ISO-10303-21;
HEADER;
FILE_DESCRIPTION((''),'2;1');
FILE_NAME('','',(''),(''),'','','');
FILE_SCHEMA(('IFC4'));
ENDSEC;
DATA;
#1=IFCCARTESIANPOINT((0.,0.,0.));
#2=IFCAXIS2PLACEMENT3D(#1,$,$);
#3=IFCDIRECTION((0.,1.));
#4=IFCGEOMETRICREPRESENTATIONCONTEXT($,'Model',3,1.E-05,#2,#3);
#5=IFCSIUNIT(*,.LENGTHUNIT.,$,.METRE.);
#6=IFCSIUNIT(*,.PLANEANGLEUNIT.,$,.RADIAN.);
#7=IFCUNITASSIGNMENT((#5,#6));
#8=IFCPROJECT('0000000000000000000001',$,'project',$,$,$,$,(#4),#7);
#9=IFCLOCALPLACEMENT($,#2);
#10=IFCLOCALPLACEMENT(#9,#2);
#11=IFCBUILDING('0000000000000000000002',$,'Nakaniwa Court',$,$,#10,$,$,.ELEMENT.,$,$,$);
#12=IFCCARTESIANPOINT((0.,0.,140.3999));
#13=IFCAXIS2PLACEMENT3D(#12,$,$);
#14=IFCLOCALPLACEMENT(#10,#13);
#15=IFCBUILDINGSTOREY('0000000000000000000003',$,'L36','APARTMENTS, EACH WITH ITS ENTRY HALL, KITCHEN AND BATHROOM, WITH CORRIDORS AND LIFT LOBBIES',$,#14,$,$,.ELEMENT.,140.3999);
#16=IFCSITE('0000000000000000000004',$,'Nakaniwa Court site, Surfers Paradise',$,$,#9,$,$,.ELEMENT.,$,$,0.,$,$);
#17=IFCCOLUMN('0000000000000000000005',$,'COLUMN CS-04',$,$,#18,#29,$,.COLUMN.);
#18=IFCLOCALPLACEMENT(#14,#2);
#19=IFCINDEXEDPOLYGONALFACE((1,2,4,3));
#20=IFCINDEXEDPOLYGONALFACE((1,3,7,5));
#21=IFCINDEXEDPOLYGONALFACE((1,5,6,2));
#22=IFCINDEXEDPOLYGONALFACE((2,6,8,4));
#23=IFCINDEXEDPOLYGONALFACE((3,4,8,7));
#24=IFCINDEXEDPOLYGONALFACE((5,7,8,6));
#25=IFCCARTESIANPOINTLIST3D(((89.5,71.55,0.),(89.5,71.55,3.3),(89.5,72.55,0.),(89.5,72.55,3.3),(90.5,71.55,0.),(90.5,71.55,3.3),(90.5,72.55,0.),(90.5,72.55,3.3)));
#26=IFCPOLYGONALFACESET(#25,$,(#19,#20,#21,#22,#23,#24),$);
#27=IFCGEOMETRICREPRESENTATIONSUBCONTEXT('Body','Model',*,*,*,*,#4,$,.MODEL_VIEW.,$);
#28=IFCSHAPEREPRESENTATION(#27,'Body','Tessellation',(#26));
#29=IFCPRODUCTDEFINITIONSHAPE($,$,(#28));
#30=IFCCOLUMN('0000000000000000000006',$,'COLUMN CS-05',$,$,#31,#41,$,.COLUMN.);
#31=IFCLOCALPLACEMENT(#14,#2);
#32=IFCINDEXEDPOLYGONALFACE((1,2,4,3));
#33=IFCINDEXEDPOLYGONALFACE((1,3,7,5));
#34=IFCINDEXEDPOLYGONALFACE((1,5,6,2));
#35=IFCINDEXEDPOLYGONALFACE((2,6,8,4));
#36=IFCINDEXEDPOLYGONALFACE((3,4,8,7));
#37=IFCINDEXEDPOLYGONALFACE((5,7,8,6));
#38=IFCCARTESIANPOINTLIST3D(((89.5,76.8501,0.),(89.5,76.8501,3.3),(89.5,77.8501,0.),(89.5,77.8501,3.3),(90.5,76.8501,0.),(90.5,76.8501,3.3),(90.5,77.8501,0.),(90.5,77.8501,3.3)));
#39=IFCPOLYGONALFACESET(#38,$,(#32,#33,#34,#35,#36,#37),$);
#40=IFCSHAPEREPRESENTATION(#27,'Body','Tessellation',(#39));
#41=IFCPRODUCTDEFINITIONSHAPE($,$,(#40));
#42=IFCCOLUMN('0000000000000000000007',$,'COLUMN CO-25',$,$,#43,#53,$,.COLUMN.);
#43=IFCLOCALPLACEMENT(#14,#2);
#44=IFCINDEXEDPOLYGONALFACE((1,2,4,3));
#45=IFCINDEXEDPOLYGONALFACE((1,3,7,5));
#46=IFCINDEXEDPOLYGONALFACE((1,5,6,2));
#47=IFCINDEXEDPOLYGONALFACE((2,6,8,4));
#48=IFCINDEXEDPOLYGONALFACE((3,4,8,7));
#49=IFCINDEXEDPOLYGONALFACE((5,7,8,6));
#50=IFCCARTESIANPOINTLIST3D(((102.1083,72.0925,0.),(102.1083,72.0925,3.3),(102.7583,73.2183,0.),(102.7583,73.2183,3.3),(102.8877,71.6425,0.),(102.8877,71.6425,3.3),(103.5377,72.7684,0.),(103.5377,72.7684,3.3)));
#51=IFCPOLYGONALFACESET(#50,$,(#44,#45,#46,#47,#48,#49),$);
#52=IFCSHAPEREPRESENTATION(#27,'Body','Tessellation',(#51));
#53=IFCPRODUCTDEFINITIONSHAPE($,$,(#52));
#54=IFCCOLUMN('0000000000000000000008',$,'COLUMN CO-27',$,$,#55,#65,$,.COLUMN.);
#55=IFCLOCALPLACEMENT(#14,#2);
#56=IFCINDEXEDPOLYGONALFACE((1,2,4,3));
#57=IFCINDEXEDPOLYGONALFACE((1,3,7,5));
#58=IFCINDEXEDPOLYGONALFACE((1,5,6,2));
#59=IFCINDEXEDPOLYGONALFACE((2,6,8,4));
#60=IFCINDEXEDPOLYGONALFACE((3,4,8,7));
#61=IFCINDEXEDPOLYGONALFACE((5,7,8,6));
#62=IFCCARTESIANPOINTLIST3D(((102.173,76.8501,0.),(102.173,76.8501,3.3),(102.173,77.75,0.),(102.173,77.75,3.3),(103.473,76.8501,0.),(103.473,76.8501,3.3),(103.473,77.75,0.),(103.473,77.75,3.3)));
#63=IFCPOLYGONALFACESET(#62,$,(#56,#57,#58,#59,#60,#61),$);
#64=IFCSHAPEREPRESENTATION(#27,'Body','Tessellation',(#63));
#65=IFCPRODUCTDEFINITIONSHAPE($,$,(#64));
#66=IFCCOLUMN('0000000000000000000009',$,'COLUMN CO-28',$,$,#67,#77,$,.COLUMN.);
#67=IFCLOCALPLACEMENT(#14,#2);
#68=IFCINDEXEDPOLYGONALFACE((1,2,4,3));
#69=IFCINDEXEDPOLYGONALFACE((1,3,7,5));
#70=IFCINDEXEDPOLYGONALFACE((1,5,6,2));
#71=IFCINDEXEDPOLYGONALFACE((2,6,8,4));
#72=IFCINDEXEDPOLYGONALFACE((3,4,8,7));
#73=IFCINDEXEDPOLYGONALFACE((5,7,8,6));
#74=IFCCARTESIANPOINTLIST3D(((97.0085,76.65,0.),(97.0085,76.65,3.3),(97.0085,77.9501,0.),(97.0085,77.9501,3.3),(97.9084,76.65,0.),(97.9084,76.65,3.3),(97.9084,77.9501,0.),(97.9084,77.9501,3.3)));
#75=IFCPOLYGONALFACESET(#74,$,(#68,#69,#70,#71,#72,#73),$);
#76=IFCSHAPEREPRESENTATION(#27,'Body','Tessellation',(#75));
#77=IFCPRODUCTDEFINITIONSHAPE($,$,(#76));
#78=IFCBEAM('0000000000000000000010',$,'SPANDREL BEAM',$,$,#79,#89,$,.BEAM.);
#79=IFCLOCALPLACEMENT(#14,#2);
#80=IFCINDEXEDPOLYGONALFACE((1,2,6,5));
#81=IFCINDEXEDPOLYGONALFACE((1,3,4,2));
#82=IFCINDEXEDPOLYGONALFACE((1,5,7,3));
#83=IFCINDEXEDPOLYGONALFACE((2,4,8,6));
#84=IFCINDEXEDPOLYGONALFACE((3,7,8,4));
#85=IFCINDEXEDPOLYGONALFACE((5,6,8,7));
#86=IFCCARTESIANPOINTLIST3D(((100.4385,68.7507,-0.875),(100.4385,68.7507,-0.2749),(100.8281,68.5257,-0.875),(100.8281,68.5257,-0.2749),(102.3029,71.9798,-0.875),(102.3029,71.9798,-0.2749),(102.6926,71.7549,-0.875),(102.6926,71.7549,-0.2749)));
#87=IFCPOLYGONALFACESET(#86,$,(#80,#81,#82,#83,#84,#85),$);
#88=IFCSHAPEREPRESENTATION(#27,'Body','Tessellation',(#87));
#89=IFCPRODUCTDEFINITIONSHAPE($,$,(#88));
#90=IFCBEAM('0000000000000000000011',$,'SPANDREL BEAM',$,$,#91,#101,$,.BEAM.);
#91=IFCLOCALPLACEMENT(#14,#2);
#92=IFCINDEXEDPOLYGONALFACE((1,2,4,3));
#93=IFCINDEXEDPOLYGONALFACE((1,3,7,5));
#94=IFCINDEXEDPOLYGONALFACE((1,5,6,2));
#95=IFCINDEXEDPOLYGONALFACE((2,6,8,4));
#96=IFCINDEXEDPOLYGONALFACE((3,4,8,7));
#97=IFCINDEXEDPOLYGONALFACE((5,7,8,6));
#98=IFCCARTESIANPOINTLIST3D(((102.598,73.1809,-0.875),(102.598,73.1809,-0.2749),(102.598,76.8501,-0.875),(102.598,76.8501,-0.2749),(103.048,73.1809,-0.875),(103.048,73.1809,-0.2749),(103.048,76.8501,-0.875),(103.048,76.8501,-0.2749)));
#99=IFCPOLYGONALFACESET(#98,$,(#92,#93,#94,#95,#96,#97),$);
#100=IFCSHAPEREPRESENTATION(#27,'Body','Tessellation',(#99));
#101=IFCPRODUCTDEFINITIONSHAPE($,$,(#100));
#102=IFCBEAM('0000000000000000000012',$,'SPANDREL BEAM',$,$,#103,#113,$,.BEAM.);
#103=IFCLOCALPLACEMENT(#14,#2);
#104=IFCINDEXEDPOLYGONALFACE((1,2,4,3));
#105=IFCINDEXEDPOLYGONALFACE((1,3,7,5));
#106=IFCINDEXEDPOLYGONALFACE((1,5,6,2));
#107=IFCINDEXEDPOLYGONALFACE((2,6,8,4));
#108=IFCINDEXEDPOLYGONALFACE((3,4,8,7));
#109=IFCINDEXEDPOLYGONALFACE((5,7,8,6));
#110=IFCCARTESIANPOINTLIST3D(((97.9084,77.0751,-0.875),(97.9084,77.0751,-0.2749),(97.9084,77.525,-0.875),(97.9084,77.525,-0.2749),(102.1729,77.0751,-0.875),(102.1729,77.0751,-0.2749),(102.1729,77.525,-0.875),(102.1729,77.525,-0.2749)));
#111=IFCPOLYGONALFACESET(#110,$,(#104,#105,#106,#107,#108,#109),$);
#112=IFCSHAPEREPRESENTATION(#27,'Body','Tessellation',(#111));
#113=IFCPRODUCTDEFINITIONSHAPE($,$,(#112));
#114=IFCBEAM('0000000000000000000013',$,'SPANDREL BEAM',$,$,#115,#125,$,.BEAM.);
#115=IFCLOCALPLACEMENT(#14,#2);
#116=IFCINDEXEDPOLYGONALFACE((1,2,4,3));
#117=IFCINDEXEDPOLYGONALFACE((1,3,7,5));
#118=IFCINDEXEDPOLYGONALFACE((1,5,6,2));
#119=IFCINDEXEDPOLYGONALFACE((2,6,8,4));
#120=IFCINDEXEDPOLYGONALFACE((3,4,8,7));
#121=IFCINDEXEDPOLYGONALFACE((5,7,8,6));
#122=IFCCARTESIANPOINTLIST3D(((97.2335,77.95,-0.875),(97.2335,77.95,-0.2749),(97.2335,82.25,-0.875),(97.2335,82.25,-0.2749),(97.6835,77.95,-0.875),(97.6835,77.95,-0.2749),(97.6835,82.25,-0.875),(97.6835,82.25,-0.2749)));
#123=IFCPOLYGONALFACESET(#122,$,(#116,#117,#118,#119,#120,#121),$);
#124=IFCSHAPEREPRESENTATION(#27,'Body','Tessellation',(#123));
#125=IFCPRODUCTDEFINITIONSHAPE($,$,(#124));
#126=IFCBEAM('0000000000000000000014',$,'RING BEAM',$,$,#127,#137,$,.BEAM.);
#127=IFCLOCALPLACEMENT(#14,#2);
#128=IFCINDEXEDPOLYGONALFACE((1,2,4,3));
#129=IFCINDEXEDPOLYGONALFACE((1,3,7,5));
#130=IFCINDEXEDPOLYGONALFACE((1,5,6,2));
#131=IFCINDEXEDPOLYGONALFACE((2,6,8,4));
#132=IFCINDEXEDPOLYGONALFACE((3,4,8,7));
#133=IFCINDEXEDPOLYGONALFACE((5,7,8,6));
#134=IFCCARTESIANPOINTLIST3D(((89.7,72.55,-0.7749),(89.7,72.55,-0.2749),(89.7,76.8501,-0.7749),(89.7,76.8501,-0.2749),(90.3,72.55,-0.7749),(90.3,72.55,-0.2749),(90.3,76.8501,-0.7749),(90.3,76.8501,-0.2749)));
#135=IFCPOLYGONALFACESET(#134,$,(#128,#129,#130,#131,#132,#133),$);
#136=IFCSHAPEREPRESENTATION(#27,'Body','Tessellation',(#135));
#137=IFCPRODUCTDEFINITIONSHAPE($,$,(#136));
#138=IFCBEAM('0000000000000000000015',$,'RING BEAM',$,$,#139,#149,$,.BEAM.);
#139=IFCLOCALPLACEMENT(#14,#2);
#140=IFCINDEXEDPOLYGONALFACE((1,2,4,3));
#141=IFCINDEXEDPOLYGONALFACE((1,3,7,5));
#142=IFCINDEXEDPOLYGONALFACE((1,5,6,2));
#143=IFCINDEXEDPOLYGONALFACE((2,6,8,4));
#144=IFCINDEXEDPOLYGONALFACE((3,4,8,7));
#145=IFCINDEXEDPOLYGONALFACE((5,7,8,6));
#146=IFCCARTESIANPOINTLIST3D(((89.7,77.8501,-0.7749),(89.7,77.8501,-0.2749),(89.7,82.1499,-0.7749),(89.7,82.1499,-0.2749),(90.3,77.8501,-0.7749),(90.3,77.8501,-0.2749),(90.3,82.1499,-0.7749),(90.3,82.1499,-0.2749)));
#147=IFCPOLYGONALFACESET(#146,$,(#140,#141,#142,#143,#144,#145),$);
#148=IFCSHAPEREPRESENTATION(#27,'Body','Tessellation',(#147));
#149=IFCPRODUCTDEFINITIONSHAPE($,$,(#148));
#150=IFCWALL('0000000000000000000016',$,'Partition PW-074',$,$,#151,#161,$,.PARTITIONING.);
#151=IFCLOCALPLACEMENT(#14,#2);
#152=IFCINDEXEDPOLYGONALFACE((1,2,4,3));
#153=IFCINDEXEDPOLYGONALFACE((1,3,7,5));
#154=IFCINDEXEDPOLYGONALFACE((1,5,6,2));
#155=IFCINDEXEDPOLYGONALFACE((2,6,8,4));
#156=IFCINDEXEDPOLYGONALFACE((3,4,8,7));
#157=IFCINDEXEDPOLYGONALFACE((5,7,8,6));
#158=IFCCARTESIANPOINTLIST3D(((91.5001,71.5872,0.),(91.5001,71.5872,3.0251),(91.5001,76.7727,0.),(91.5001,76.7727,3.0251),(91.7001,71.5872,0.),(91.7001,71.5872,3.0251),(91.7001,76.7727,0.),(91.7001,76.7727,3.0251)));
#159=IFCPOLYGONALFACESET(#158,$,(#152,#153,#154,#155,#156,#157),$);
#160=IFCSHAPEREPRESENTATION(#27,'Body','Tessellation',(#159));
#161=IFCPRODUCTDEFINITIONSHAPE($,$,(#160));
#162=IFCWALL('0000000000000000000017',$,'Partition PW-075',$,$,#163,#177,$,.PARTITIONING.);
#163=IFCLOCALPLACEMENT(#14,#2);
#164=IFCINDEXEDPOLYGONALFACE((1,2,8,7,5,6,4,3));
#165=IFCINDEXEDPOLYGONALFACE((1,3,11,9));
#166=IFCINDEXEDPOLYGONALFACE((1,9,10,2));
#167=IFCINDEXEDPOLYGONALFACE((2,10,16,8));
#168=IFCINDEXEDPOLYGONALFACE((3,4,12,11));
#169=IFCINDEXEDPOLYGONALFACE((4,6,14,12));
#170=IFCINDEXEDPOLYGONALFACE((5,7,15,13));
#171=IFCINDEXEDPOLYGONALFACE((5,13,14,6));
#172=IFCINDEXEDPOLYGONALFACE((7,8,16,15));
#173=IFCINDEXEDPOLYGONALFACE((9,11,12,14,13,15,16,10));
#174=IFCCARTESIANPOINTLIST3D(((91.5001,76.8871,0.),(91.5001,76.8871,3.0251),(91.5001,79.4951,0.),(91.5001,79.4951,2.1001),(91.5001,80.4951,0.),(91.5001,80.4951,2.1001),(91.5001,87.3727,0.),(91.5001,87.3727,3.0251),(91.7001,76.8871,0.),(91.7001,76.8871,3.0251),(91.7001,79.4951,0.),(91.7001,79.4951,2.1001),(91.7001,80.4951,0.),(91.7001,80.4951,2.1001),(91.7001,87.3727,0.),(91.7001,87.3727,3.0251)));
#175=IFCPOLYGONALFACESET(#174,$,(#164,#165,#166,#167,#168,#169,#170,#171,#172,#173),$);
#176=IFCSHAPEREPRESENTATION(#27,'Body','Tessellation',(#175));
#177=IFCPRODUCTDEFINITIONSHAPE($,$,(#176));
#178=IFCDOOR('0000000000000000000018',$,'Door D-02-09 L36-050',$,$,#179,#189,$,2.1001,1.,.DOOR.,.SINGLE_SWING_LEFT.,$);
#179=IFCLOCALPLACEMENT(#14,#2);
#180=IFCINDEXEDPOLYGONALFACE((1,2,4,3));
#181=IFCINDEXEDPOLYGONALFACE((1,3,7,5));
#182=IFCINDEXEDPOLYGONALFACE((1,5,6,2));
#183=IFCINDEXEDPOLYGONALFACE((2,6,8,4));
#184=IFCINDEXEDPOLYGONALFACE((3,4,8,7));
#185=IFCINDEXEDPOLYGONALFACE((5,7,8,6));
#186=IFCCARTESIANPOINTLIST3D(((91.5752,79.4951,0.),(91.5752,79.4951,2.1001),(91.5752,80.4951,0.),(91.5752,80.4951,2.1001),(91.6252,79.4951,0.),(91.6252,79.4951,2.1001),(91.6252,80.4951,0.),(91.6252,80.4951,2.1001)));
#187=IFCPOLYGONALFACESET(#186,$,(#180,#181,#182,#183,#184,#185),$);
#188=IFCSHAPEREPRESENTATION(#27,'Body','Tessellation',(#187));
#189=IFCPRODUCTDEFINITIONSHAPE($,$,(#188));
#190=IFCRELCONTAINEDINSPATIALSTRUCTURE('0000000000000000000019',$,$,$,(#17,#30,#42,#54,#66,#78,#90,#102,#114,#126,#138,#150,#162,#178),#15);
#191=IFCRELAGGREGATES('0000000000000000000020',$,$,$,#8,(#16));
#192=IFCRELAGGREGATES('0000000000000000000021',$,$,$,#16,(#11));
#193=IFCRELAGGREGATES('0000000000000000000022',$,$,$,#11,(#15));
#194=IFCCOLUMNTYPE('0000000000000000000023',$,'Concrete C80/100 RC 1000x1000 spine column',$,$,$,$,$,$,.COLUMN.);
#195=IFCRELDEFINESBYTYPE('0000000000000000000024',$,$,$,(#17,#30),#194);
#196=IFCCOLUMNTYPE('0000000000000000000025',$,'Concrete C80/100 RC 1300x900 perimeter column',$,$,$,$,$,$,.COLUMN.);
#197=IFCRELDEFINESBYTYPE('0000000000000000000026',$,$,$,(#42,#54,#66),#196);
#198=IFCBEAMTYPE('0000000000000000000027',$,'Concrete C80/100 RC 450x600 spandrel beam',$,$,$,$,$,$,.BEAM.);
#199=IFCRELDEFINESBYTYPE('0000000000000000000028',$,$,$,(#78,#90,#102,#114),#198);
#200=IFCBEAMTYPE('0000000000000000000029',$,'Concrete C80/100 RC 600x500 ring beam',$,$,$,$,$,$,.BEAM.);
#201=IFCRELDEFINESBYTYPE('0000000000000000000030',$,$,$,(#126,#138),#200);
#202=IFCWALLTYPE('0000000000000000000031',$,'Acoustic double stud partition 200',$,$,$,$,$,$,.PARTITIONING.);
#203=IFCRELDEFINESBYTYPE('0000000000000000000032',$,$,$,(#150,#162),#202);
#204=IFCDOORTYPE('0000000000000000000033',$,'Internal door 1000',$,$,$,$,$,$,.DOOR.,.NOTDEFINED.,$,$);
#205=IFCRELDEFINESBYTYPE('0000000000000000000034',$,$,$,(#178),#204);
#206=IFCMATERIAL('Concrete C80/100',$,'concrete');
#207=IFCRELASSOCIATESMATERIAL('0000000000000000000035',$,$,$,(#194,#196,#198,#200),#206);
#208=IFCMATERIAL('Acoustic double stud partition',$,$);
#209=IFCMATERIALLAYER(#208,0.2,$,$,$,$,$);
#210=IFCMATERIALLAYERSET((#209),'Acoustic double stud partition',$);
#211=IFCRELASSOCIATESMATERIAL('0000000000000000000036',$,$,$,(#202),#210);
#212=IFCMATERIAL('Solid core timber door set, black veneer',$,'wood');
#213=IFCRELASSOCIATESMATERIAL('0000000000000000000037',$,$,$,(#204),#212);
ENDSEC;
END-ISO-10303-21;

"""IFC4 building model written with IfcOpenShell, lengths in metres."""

from ifc_helpers import new_model, si_unit, direction, frame, frame_2d, origin, origin_2d, place, context, subcontext, project, spatial, rectangle, extrude, material, layer, layer_set, material_profile, profile_set, type_object, element, fill, save


model = new_model("IFC4")

# Units and contexts
model_context = context("Model", 3, precision=1e-05, world=origin(), true_north=direction((0.0, 1.0)))
body_context = subcontext(model_context, "Body", "Model", "MODEL_VIEW")
ifc_project = project(units=[si_unit("LENGTHUNIT", "METRE"), si_unit("PLANEANGLEUNIT", "RADIAN")], contexts=[model_context])

# Site, building, storey
site_placement = place(None, origin())
site = spatial("IfcSite", under=ifc_project, at=site_placement, Name="Nakaniwa Court site, Surfers Paradise", CompositionType="ELEMENT", RefElevation=0.0)
building_placement = place(site_placement, origin())
building = spatial("IfcBuilding", under=site, at=building_placement, Name="Nakaniwa Court", CompositionType="ELEMENT")
storey_placement = place(building_placement, frame((0.0, 0.0, 140.3999)))
storey = spatial("IfcBuildingStorey", under=building, at=storey_placement, Name="L36", Description="APARTMENTS, EACH WITH ITS ENTRY HALL, KITCHEN AND BATHROOM, WITH CORRIDORS AND LIFT LOBBIES", CompositionType="ELEMENT", Elevation=140.3999)

# Columns
ifc_material_1 = material(Name="Concrete C80/100", Category="concrete")
ifc_material_profile_1 = material_profile(ifc_material_1, rectangle(XDim=1.0, YDim=1.0, at=origin_2d()), Name="Concrete C80/100 RC 1000x1000 spine column")
ifc_profile_set_1 = profile_set([ifc_material_profile_1], Name="Concrete C80/100")
column_type_1 = type_object("IfcColumnType", Name="Concrete C80/100 RC 1000x1000 spine column", PredefinedType="COLUMN", material=ifc_profile_set_1)
for number, where, z_axis, x_axis, name in (
    (1, (90.0, 72.05, 0.0), (0.0, 0.0, 1.0), (0.0, 1.0, 0.0), "COLUMN CS-04"),
    (2, (90.0, 77.3501, 0.0), (0.0, 0.0, 1.0), (0.0, 1.0, 0.0), "COLUMN CS-05"),
):
    element("IfcColumn", number, at=place(storey_placement, frame(where, z_axis=z_axis, x_axis=x_axis)), inside=storey, type_object=column_type_1, Name=name, PredefinedType="COLUMN", context=body_context, shape_type="SweptSolid", body=[
        extrude(rectangle(XDim=1.0, YDim=1.0, at=origin_2d()), origin(), (0.0, 0.0, 1.0), 3.3),
    ])
ifc_material_profile_2 = material_profile(ifc_material_1, rectangle(XDim=1.3, YDim=0.8999, at=origin_2d()), Name="Concrete C80/100 RC 1300x900 perimeter column")
ifc_profile_set_2 = profile_set([ifc_material_profile_2], Name="Concrete C80/100")
column_type_2 = type_object("IfcColumnType", Name="Concrete C80/100 RC 1300x900 perimeter column", PredefinedType="COLUMN", material=ifc_profile_set_2)
for number, where, z_axis, x_axis, name in (
    (3, (102.823, 72.4304, 0.0), (0.0, 0.0, 1.0), (0.5, 0.866025, 0.0), "COLUMN CO-25"),
    (4, (102.823, 77.3, 0.0), (0.0, 0.0, 1.0), (-1.0, 0.0, 0.0), "COLUMN CO-27"),
    (5, (97.4585, 77.3, 0.0), (0.0, 0.0, 1.0), (0.0, 1.0, 0.0), "COLUMN CO-28"),
):
    element("IfcColumn", number, at=place(storey_placement, frame(where, z_axis=z_axis, x_axis=x_axis)), inside=storey, type_object=column_type_2, Name=name, PredefinedType="COLUMN", context=body_context, shape_type="SweptSolid", body=[
        extrude(rectangle(XDim=1.3, YDim=0.8999, at=origin_2d()), origin(), (0.0, 0.0, 1.0), 3.3),
    ])

# Beams
ifc_material_profile_3 = material_profile(ifc_material_1, rectangle(XDim=0.45, YDim=0.6001, at=origin_2d()), Name="Concrete C80/100 RC 450x600 spandrel beam")
ifc_profile_set_3 = profile_set([ifc_material_profile_3], Name="Concrete C80/100")
beam_type_1 = type_object("IfcBeamType", Name="Concrete C80/100 RC 450x600 spandrel beam", PredefinedType="BEAM", material=ifc_profile_set_3)
beam_1_placement = place(storey_placement, frame((100.6333, 68.6382, -0.575), z_axis=(0.500019, 0.866014, 0.0), x_axis=(-0.866014, 0.500019, 0.0)))
element("IfcBeam", 6, at=beam_1_placement, inside=storey, type_object=beam_type_1, Name="SPANDREL BEAM", PredefinedType="BEAM", context=body_context, shape_type="SweptSolid", body=[
    extrude(rectangle(XDim=0.45, YDim=0.6001, at=origin_2d()), origin(), (0.0, 0.0, 1.0), 3.7288),
])
beam_2_placement = place(storey_placement, frame((102.823, 73.1809, -0.575), z_axis=(0.0, 1.0, 0.0), x_axis=(-1.0, 0.0, 0.0)))
element("IfcBeam", 7, at=beam_2_placement, inside=storey, type_object=beam_type_1, Name="SPANDREL BEAM", PredefinedType="BEAM", context=body_context, shape_type="SweptSolid", body=[
    extrude(rectangle(XDim=0.45, YDim=0.6001, at=origin_2d()), origin(), (0.0, 0.0, 1.0), 3.6692),
])
beam_3_placement = place(storey_placement, frame((102.1729, 77.3, -0.575), z_axis=(-1.0, 0.0, 0.0), x_axis=(0.0, -1.0, 0.0)))
element("IfcBeam", 8, at=beam_3_placement, inside=storey, type_object=beam_type_1, Name="SPANDREL BEAM", PredefinedType="BEAM", context=body_context, shape_type="SweptSolid", body=[
    extrude(rectangle(XDim=0.45, YDim=0.6001, at=origin_2d()), origin(), (0.0, 0.0, 1.0), 4.2644),
])
beam_4_placement = place(storey_placement, frame((97.4585, 77.95, -0.575), z_axis=(0.0, 1.0, 0.0), x_axis=(-1.0, 0.0, 0.0)))
element("IfcBeam", 9, at=beam_4_placement, inside=storey, type_object=beam_type_1, Name="SPANDREL BEAM", PredefinedType="BEAM", context=body_context, shape_type="SweptSolid", body=[
    extrude(rectangle(XDim=0.45, YDim=0.6001, at=origin_2d()), origin(), (0.0, 0.0, 1.0), 4.3),
])
ifc_material_profile_4 = material_profile(ifc_material_1, rectangle(XDim=0.6001, YDim=0.5, at=origin_2d()), Name="Concrete C80/100 RC 600x500 ring beam")
ifc_profile_set_4 = profile_set([ifc_material_profile_4], Name="Concrete C80/100")
beam_type_2 = type_object("IfcBeamType", Name="Concrete C80/100 RC 600x500 ring beam", PredefinedType="BEAM", material=ifc_profile_set_4)
beam_5_placement = place(storey_placement, frame((90.0, 72.55, -0.5249), z_axis=(0.0, 1.0, 0.0), x_axis=(-1.0, 0.0, 0.0)))
element("IfcBeam", 10, at=beam_5_placement, inside=storey, type_object=beam_type_2, Name="RING BEAM", PredefinedType="BEAM", context=body_context, shape_type="SweptSolid", body=[
    extrude(rectangle(XDim=0.6001, YDim=0.5, at=origin_2d()), origin(), (0.0, 0.0, 1.0), 4.3),
])
beam_6_placement = place(storey_placement, frame((90.0, 77.8501, -0.5249), z_axis=(0.0, 1.0, 0.0), x_axis=(-1.0, 0.0, 0.0)))
element("IfcBeam", 11, at=beam_6_placement, inside=storey, type_object=beam_type_2, Name="RING BEAM", PredefinedType="BEAM", context=body_context, shape_type="SweptSolid", body=[
    extrude(rectangle(XDim=0.6001, YDim=0.5, at=origin_2d()), origin(), (0.0, 0.0, 1.0), 4.2998),
])

# Wall
ifc_material_2 = material(Name="Acoustic double stud partition")
ifc_layer_1 = layer(ifc_material_2, 0.2)
ifc_layer_set_1 = layer_set([ifc_layer_1], Name="Acoustic double stud partition")
wall_type_1 = type_object("IfcWallType", Name="Acoustic double stud partition 200", PredefinedType="PARTITIONING", material=ifc_layer_set_1)
wall_1_placement = place(storey_placement, frame((91.6001, 71.5872, 0.0), z_axis=(0.0, 0.0, 1.0), x_axis=(0.0, 1.0, 0.0)))
element("IfcWall", 12, at=wall_1_placement, inside=storey, type_object=wall_type_1, Name="Partition PW-074", PredefinedType="PARTITIONING", context=body_context, shape_type="SweptSolid", body=[
    extrude(rectangle(XDim=5.1855, YDim=0.2, at=frame_2d((2.5928, 0.0))), origin(), (0.0, 0.0, 1.0), 3.0251),
])

# Wall, opening, door
wall_2_placement = place(storey_placement, frame((91.6001, 76.8872, 0.0), z_axis=(0.0, 0.0, 1.0), x_axis=(0.0, 1.0, 0.0)))
wall_2 = element("IfcWall", 13, at=wall_2_placement, inside=storey, type_object=wall_type_1, Name="Partition PW-075", PredefinedType="PARTITIONING", context=body_context, shape_type="SweptSolid", body=[
    extrude(rectangle(XDim=10.4856, YDim=0.2, at=frame_2d((5.2427, 0.0))), origin(), (0.0, 0.0, 1.0), 3.0251),
])
opening_1_placement = place(wall_2_placement, frame((2.6079, 0.0, 0.0)))
opening_1 = element("IfcOpeningElement", 14, at=opening_1_placement, cuts=wall_2, PredefinedType="OPENING", context=body_context, shape_type="SweptSolid", body=[
    extrude(rectangle(XDim=1.0, YDim=2.1001, at=frame_2d((0.5, 1.05))), frame((0.0, 0.1099, 0.0), z_axis=(0.0, -1.0, 0.0), x_axis=(1.0, 0.0, 0.0)), (0.0, 0.0, 1.0), 0.22),
])
ifc_material_3 = material(Name="Solid core timber door set, black veneer", Category="wood")
door_type_1 = type_object("IfcDoorType", Name="Internal door 1000", OperationType="NOTDEFINED", PredefinedType="DOOR", material=ifc_material_3)
door_1_placement = place(opening_1_placement, origin())
door_1 = element("IfcDoor", 15, at=door_1_placement, inside=storey, type_object=door_type_1, Name="Door D-02-09 L36-050", OperationType="SINGLE_SWING_LEFT", OverallHeight=2.1001, OverallWidth=1.0, PredefinedType="DOOR", context=body_context, shape_type="SweptSolid", body=[
    extrude(rectangle(XDim=1.0, YDim=2.1001, at=frame_2d((0.5, 1.05))), frame((0.0, 0.0249, 0.0), z_axis=(0.0, -1.0, 0.0), x_axis=(1.0, 0.0, 0.0)), (0.0, 0.0, 1.0), 0.05),
])
fill(opening_1, door_1)

save(model, "model.ifc")
